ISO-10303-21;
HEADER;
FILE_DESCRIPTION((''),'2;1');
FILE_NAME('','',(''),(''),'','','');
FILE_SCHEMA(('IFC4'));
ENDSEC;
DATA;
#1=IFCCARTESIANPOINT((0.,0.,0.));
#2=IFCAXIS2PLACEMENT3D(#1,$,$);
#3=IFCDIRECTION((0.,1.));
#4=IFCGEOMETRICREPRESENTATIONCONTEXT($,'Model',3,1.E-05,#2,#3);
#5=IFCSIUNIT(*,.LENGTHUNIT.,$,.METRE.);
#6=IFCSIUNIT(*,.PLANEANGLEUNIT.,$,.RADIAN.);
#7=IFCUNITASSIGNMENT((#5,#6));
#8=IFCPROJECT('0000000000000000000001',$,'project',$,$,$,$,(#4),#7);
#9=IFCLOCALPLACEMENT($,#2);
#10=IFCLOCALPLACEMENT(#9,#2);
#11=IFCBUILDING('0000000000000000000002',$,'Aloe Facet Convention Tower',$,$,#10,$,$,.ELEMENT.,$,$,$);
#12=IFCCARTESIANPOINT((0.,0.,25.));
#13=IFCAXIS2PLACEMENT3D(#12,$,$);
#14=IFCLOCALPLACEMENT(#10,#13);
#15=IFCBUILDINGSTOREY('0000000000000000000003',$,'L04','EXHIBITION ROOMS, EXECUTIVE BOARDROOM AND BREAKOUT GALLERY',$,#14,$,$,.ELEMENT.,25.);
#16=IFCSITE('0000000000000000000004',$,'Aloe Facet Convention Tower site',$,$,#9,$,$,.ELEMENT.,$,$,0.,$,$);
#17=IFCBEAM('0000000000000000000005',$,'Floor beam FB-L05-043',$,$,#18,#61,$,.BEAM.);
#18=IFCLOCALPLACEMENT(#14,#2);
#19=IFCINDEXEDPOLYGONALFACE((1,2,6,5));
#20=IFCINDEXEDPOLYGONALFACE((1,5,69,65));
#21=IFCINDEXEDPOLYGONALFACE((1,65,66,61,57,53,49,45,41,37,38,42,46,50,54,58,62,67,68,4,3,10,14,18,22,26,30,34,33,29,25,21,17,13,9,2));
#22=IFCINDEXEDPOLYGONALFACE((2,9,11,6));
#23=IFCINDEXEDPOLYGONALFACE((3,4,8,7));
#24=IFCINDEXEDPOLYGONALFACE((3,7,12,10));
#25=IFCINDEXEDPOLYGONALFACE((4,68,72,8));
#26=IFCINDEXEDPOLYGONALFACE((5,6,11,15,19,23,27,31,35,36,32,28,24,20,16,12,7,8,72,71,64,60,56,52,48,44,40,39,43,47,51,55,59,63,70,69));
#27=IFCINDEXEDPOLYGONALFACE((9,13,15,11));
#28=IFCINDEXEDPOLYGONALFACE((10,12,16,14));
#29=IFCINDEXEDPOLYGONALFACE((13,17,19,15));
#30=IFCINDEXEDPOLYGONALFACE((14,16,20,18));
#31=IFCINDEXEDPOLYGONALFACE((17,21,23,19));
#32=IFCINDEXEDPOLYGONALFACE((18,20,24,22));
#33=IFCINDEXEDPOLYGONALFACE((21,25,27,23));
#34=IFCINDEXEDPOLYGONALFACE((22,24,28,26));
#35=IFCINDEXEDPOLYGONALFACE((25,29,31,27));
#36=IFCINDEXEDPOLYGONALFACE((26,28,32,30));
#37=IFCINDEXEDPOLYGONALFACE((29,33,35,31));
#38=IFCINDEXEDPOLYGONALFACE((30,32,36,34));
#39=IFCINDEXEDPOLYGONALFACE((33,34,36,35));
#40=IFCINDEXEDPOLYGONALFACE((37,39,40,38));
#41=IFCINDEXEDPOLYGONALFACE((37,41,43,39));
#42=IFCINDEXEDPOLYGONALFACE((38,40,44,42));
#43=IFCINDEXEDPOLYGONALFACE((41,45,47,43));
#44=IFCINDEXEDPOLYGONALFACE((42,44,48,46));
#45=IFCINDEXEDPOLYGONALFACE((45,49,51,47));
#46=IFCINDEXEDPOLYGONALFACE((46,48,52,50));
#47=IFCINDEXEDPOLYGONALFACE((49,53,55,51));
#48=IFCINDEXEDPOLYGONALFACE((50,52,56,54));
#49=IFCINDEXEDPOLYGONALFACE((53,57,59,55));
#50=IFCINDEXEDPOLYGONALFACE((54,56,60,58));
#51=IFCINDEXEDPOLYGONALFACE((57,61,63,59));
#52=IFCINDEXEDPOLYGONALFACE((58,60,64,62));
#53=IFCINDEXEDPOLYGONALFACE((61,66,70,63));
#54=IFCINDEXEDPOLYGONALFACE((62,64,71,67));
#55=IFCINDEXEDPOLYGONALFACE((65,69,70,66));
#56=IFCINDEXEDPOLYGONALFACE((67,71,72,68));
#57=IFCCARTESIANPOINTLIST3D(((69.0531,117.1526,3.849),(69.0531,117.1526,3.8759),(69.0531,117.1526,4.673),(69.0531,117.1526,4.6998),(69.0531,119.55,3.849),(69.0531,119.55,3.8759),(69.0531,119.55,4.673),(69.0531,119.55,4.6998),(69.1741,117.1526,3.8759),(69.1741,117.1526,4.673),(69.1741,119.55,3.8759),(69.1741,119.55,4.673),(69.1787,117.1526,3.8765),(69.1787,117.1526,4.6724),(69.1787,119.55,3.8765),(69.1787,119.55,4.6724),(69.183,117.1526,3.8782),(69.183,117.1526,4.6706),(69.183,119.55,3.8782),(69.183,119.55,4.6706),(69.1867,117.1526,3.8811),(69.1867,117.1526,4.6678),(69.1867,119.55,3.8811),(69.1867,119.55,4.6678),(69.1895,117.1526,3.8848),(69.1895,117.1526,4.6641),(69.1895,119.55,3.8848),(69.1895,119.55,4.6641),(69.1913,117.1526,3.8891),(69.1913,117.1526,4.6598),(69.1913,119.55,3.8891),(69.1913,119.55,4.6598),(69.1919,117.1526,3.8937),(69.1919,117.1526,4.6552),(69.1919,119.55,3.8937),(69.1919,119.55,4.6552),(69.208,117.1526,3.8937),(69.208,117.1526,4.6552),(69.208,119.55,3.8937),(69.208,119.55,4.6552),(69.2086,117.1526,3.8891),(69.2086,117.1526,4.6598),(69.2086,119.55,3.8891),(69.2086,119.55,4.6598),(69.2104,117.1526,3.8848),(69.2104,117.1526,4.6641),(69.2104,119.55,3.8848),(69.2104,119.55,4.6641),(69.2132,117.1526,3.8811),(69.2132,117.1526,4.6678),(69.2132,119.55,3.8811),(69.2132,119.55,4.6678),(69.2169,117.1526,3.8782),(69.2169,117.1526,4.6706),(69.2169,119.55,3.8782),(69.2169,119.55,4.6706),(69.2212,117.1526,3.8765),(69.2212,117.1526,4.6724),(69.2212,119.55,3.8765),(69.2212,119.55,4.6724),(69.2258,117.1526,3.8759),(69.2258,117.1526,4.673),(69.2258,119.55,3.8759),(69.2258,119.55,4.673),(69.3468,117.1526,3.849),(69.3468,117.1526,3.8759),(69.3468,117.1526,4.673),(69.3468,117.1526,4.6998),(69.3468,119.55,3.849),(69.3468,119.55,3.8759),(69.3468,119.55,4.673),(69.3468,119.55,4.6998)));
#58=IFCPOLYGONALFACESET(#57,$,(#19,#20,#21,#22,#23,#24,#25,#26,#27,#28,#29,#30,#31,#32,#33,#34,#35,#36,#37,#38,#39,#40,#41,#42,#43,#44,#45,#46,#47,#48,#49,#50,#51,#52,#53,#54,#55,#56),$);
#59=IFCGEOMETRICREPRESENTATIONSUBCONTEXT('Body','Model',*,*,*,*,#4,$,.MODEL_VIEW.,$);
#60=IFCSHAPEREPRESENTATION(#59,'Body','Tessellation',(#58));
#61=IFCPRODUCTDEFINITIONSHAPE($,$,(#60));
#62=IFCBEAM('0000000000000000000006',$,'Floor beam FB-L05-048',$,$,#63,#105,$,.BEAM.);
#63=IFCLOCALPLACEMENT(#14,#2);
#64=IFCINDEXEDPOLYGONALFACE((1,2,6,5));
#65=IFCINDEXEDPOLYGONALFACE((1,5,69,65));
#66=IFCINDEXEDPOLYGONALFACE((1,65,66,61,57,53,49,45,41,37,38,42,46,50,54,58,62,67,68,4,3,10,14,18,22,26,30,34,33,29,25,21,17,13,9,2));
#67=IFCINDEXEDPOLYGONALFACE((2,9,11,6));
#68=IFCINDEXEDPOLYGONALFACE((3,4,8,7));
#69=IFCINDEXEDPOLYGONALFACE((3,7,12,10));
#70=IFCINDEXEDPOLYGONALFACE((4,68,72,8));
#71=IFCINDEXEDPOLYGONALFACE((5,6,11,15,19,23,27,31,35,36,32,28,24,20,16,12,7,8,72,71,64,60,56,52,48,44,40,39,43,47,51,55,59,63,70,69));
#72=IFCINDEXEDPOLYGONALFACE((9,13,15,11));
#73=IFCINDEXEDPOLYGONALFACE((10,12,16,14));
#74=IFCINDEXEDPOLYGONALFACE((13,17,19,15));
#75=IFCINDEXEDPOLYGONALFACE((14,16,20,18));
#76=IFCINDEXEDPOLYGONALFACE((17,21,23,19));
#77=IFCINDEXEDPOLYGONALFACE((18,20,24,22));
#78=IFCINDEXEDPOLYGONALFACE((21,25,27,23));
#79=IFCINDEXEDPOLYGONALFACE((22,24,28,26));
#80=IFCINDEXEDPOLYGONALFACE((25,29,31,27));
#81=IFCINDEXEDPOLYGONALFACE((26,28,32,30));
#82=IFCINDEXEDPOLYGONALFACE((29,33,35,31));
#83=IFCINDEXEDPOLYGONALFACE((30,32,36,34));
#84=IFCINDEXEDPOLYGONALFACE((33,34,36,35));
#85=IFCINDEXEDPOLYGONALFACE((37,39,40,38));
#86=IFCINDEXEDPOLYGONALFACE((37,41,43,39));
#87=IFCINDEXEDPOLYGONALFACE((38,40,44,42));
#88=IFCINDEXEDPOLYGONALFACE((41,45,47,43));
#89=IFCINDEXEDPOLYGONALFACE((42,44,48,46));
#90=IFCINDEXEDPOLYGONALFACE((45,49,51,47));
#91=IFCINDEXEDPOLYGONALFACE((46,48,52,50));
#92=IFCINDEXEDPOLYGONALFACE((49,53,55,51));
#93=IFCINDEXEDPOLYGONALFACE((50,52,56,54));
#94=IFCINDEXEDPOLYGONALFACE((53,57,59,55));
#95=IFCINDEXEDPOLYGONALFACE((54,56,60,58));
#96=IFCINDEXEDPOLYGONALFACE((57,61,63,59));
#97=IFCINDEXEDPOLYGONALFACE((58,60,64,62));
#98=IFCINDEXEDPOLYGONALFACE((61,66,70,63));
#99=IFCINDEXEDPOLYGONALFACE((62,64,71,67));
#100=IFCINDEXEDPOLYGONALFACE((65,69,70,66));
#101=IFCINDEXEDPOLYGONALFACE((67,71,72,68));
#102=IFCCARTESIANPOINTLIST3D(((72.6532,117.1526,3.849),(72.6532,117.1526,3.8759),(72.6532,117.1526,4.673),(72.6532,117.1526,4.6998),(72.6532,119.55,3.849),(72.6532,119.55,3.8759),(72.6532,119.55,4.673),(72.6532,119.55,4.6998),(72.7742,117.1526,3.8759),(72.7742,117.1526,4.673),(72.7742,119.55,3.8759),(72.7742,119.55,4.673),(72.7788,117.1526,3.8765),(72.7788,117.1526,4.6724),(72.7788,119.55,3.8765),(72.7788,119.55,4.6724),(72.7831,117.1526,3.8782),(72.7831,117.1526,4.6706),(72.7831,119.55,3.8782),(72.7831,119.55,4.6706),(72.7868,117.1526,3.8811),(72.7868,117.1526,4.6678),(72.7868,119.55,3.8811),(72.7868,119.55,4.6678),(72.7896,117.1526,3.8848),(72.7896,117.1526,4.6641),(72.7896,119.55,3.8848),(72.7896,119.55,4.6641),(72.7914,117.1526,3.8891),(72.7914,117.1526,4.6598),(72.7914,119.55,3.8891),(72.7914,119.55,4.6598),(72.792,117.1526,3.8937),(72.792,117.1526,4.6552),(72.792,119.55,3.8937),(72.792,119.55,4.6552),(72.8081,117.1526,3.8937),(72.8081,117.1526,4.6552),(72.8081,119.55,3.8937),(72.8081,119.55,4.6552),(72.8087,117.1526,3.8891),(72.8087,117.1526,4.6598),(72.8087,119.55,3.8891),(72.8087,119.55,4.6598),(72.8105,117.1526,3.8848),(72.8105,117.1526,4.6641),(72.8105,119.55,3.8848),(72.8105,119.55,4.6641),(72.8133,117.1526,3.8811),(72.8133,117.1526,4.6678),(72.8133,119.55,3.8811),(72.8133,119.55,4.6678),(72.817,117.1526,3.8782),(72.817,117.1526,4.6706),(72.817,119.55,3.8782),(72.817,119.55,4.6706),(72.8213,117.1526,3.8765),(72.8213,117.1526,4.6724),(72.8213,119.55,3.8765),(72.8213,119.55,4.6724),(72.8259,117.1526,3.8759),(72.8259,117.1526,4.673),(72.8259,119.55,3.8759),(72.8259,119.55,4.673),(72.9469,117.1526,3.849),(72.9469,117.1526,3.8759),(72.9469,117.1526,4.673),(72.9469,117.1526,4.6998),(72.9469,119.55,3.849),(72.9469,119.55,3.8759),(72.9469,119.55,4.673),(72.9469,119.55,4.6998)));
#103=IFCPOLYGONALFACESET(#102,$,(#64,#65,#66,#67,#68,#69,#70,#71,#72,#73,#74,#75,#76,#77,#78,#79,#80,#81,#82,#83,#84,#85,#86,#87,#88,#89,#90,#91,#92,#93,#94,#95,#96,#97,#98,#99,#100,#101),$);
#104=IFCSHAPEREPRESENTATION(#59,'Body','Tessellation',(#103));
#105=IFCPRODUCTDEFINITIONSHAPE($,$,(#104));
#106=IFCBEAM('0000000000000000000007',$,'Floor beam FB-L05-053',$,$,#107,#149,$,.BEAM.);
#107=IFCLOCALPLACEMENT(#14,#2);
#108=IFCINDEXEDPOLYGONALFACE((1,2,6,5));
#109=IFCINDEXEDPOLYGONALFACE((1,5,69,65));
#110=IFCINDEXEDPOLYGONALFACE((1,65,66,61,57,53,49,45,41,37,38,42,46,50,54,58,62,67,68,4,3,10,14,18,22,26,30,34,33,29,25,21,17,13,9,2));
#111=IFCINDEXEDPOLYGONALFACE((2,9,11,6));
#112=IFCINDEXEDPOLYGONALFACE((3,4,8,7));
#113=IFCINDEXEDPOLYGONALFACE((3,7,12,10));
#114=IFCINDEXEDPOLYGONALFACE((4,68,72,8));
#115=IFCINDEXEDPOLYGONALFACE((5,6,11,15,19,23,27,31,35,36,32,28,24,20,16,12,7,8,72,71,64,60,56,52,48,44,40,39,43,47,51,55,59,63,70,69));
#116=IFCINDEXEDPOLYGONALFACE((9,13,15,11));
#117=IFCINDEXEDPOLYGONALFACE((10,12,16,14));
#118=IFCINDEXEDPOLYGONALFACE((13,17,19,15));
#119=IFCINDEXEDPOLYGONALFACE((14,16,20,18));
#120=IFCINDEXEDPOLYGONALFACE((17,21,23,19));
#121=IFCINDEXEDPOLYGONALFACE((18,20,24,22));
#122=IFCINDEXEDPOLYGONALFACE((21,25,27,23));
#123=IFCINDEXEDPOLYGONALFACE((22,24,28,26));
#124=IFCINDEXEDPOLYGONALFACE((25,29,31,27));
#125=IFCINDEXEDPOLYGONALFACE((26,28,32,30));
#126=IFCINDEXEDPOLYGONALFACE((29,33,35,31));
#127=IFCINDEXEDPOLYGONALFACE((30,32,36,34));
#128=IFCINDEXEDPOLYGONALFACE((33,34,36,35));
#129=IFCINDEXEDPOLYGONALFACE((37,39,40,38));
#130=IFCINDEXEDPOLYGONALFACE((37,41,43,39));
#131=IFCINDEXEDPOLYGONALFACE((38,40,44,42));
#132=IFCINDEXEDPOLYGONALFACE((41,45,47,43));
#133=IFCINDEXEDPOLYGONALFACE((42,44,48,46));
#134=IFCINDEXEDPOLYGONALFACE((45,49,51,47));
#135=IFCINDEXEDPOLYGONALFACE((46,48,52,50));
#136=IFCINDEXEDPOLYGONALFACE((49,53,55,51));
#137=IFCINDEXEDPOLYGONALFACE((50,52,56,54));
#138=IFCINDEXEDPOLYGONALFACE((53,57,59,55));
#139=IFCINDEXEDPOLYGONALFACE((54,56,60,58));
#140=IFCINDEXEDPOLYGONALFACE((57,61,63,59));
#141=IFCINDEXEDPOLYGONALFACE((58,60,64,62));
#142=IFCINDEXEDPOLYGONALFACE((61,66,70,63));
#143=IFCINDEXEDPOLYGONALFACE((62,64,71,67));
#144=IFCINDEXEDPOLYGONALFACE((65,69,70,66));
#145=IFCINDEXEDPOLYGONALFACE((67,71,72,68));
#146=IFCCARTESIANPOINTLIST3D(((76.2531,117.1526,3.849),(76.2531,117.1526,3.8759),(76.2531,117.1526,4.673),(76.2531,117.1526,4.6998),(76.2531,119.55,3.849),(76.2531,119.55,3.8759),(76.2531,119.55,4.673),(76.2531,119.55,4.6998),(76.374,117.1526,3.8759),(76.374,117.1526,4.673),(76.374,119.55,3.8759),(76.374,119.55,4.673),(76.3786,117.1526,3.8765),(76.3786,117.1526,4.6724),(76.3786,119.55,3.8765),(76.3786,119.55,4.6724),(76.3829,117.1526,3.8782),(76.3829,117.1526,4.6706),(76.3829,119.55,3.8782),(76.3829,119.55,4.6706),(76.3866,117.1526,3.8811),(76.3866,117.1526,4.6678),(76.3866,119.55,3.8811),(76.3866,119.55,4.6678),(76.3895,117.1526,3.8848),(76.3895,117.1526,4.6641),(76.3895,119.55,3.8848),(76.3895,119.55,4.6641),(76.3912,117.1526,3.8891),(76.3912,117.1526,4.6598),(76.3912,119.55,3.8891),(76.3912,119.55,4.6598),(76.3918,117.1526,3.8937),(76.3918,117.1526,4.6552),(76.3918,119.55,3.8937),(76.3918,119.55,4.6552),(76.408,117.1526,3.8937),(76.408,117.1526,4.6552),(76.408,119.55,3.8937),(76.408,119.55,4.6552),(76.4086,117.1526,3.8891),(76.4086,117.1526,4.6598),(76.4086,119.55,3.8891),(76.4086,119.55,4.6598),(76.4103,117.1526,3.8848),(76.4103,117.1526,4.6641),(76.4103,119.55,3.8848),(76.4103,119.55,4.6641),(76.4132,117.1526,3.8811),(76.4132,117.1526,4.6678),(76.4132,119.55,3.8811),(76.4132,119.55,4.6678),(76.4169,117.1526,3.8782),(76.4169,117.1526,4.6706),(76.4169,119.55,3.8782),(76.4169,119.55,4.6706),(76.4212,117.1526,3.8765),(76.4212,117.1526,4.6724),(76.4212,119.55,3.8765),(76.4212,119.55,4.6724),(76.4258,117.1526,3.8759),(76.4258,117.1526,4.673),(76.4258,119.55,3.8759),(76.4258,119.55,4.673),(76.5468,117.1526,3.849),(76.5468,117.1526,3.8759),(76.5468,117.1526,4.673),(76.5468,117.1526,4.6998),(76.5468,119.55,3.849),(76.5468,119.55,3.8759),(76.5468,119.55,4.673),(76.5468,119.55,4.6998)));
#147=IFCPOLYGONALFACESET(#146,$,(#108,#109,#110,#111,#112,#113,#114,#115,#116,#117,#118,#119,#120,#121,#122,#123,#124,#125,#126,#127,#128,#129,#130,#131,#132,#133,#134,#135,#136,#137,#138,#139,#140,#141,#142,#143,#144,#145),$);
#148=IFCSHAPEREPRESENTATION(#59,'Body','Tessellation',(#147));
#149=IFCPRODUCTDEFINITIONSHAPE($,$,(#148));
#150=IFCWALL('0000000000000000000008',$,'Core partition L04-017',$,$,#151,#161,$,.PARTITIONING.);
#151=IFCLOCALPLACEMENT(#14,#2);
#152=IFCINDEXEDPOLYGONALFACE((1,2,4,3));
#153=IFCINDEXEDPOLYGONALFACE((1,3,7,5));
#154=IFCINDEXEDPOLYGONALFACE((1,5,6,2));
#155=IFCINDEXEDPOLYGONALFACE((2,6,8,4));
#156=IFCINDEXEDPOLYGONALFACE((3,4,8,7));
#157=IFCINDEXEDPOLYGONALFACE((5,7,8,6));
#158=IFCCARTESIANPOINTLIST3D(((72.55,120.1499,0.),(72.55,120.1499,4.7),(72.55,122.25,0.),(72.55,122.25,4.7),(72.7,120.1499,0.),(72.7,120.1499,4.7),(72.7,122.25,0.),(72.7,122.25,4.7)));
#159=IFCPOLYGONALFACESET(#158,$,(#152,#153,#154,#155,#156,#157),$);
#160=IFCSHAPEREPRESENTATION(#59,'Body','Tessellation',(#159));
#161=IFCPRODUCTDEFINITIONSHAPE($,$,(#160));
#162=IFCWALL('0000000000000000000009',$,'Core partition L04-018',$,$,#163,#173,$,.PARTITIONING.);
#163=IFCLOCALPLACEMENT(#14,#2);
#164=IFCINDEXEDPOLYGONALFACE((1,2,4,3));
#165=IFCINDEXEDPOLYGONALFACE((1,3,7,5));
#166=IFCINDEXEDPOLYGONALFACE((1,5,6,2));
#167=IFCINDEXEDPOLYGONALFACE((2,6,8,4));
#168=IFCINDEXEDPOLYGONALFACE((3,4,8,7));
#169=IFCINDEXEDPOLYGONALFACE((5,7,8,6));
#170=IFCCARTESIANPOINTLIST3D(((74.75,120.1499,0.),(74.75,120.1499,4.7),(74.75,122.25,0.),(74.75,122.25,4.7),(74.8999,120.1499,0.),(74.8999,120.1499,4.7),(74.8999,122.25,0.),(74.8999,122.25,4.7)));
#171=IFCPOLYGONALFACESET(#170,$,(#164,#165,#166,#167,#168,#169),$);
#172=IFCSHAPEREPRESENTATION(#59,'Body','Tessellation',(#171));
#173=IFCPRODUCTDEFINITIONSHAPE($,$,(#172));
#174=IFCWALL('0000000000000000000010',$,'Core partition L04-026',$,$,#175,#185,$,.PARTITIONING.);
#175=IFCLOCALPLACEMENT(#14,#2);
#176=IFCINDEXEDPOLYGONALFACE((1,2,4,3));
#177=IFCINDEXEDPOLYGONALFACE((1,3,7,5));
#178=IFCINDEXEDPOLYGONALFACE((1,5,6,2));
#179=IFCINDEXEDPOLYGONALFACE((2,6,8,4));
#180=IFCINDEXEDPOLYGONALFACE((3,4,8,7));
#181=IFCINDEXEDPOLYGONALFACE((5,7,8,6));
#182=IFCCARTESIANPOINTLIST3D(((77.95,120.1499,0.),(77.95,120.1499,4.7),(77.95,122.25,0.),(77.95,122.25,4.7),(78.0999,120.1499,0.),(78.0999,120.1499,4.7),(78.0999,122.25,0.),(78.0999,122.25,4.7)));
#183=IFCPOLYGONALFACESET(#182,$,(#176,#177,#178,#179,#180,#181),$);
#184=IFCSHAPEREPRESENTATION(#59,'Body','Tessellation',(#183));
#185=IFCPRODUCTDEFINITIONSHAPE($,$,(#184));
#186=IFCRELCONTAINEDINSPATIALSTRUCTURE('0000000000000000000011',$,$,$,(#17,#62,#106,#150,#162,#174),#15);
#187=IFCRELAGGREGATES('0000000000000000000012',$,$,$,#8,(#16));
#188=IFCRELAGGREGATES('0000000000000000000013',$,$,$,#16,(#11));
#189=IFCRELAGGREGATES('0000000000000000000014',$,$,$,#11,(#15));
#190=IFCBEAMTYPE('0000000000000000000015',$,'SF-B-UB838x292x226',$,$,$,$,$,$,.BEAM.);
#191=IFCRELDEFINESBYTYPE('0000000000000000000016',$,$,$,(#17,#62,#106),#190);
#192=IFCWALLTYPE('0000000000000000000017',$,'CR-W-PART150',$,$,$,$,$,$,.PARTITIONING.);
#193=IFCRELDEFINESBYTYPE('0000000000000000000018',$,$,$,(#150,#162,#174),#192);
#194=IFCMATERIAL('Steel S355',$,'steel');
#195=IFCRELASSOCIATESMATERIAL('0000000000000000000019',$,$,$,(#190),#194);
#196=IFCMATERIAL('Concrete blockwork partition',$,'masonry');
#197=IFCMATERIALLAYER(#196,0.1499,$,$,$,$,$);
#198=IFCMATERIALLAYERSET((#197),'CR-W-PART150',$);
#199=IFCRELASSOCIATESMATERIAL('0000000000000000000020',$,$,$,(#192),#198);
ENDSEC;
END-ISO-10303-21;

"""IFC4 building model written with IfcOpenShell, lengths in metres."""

from ifc_helpers import new_model, si_unit, direction, frame, frame_2d, origin, origin_2d, place, context, subcontext, project, spatial, rectangle, i_section, extrude, material, layer, layer_set, material_profile, profile_set, type_object, element, save


model = new_model("IFC4")

# Units and contexts
model_context = context("Model", 3, precision=1e-05, world=origin(), true_north=direction((0.0, 1.0)))
body_context = subcontext(model_context, "Body", "Model", "MODEL_VIEW")
ifc_project = project(units=[si_unit("LENGTHUNIT", "METRE"), si_unit("PLANEANGLEUNIT", "RADIAN")], contexts=[model_context])

# Site, building, storey
site_placement = place(None, origin())
site = spatial("IfcSite", under=ifc_project, at=site_placement, Name="Aloe Facet Convention Tower site", CompositionType="ELEMENT", RefElevation=0.0)
building_placement = place(site_placement, origin())
building = spatial("IfcBuilding", under=site, at=building_placement, Name="Aloe Facet Convention Tower", CompositionType="ELEMENT")
storey_placement = place(building_placement, frame((0.0, 0.0, 25.0)))
storey = spatial("IfcBuildingStorey", under=building, at=storey_placement, Name="L04", Description="EXHIBITION ROOMS, EXECUTIVE BOARDROOM AND BREAKOUT GALLERY", CompositionType="ELEMENT", Elevation=25.0)

# Beams
ifc_material_1 = material(Name="Steel S355", Category="steel")
ifc_material_profile = material_profile(ifc_material_1, i_section(OverallWidth=0.2937, OverallDepth=0.8508, WebThickness=0.0161, FlangeThickness=0.0269, FilletRadius=0.0178, at=origin_2d()), Name="UB 838x292x226")
ifc_profile_set = profile_set([ifc_material_profile], Name="Steel S355")
beam_type = type_object("IfcBeamType", Name="SF-B-UB838x292x226", PredefinedType="BEAM", material=ifc_profile_set)
for number, where, z_axis, x_axis, name in (
    (1, (69.2, 117.1526, 4.2744), (0.0, 1.0, 0.0), (-1.0, 0.0, 0.0), "Floor beam FB-L05-043"),
    (2, (72.8, 117.1526, 4.2744), (0.0, 1.0, 0.0), (-1.0, 0.0, 0.0), "Floor beam FB-L05-048"),
    (3, (76.3999, 117.1526, 4.2744), (0.0, 1.0, 0.0), (-1.0, 0.0, 0.0), "Floor beam FB-L05-053"),
):
    element("IfcBeam", number, at=place(storey_placement, frame(where, z_axis=z_axis, x_axis=x_axis)), inside=storey, type_object=beam_type, Name=name, PredefinedType="BEAM", context=body_context, shape_type="SweptSolid", body=[
        extrude(i_section(OverallWidth=0.2937, OverallDepth=0.8508, WebThickness=0.0161, FlangeThickness=0.0269, FilletRadius=0.0178, at=origin_2d()), origin(), (0.0, 0.0, 1.0), 2.3975),
    ])

# Walls
ifc_material_2 = material(Name="Concrete blockwork partition", Category="masonry")
ifc_layer_1 = layer(ifc_material_2, 0.1499)
ifc_layer_set_1 = layer_set([ifc_layer_1], Name="CR-W-PART150")
wall_type_1 = type_object("IfcWallType", Name="CR-W-PART150", PredefinedType="PARTITIONING", material=ifc_layer_set_1)
for number, where, z_axis, x_axis, name in (
    (4, (72.625, 122.25, 0.0), (0.0, 0.0, 1.0), (0.0, -1.0, 0.0), "Core partition L04-017"),
    (5, (74.825, 122.25, 0.0), (0.0, 0.0, 1.0), (0.0, -1.0, 0.0), "Core partition L04-018"),
    (6, (78.0249, 122.25, 0.0), (0.0, 0.0, 1.0), (0.0, -1.0, 0.0), "Core partition L04-026"),
):
    element("IfcWall", number, at=place(storey_placement, frame(where, z_axis=z_axis, x_axis=x_axis)), inside=storey, type_object=wall_type_1, Name=name, PredefinedType="PARTITIONING", context=body_context, shape_type="SweptSolid", body=[
        extrude(rectangle(XDim=2.1001, YDim=0.1499, at=frame_2d((1.05, 0.0))), origin(), (0.0, 0.0, 1.0), 4.7),
    ])

save(model, "model.ifc")
